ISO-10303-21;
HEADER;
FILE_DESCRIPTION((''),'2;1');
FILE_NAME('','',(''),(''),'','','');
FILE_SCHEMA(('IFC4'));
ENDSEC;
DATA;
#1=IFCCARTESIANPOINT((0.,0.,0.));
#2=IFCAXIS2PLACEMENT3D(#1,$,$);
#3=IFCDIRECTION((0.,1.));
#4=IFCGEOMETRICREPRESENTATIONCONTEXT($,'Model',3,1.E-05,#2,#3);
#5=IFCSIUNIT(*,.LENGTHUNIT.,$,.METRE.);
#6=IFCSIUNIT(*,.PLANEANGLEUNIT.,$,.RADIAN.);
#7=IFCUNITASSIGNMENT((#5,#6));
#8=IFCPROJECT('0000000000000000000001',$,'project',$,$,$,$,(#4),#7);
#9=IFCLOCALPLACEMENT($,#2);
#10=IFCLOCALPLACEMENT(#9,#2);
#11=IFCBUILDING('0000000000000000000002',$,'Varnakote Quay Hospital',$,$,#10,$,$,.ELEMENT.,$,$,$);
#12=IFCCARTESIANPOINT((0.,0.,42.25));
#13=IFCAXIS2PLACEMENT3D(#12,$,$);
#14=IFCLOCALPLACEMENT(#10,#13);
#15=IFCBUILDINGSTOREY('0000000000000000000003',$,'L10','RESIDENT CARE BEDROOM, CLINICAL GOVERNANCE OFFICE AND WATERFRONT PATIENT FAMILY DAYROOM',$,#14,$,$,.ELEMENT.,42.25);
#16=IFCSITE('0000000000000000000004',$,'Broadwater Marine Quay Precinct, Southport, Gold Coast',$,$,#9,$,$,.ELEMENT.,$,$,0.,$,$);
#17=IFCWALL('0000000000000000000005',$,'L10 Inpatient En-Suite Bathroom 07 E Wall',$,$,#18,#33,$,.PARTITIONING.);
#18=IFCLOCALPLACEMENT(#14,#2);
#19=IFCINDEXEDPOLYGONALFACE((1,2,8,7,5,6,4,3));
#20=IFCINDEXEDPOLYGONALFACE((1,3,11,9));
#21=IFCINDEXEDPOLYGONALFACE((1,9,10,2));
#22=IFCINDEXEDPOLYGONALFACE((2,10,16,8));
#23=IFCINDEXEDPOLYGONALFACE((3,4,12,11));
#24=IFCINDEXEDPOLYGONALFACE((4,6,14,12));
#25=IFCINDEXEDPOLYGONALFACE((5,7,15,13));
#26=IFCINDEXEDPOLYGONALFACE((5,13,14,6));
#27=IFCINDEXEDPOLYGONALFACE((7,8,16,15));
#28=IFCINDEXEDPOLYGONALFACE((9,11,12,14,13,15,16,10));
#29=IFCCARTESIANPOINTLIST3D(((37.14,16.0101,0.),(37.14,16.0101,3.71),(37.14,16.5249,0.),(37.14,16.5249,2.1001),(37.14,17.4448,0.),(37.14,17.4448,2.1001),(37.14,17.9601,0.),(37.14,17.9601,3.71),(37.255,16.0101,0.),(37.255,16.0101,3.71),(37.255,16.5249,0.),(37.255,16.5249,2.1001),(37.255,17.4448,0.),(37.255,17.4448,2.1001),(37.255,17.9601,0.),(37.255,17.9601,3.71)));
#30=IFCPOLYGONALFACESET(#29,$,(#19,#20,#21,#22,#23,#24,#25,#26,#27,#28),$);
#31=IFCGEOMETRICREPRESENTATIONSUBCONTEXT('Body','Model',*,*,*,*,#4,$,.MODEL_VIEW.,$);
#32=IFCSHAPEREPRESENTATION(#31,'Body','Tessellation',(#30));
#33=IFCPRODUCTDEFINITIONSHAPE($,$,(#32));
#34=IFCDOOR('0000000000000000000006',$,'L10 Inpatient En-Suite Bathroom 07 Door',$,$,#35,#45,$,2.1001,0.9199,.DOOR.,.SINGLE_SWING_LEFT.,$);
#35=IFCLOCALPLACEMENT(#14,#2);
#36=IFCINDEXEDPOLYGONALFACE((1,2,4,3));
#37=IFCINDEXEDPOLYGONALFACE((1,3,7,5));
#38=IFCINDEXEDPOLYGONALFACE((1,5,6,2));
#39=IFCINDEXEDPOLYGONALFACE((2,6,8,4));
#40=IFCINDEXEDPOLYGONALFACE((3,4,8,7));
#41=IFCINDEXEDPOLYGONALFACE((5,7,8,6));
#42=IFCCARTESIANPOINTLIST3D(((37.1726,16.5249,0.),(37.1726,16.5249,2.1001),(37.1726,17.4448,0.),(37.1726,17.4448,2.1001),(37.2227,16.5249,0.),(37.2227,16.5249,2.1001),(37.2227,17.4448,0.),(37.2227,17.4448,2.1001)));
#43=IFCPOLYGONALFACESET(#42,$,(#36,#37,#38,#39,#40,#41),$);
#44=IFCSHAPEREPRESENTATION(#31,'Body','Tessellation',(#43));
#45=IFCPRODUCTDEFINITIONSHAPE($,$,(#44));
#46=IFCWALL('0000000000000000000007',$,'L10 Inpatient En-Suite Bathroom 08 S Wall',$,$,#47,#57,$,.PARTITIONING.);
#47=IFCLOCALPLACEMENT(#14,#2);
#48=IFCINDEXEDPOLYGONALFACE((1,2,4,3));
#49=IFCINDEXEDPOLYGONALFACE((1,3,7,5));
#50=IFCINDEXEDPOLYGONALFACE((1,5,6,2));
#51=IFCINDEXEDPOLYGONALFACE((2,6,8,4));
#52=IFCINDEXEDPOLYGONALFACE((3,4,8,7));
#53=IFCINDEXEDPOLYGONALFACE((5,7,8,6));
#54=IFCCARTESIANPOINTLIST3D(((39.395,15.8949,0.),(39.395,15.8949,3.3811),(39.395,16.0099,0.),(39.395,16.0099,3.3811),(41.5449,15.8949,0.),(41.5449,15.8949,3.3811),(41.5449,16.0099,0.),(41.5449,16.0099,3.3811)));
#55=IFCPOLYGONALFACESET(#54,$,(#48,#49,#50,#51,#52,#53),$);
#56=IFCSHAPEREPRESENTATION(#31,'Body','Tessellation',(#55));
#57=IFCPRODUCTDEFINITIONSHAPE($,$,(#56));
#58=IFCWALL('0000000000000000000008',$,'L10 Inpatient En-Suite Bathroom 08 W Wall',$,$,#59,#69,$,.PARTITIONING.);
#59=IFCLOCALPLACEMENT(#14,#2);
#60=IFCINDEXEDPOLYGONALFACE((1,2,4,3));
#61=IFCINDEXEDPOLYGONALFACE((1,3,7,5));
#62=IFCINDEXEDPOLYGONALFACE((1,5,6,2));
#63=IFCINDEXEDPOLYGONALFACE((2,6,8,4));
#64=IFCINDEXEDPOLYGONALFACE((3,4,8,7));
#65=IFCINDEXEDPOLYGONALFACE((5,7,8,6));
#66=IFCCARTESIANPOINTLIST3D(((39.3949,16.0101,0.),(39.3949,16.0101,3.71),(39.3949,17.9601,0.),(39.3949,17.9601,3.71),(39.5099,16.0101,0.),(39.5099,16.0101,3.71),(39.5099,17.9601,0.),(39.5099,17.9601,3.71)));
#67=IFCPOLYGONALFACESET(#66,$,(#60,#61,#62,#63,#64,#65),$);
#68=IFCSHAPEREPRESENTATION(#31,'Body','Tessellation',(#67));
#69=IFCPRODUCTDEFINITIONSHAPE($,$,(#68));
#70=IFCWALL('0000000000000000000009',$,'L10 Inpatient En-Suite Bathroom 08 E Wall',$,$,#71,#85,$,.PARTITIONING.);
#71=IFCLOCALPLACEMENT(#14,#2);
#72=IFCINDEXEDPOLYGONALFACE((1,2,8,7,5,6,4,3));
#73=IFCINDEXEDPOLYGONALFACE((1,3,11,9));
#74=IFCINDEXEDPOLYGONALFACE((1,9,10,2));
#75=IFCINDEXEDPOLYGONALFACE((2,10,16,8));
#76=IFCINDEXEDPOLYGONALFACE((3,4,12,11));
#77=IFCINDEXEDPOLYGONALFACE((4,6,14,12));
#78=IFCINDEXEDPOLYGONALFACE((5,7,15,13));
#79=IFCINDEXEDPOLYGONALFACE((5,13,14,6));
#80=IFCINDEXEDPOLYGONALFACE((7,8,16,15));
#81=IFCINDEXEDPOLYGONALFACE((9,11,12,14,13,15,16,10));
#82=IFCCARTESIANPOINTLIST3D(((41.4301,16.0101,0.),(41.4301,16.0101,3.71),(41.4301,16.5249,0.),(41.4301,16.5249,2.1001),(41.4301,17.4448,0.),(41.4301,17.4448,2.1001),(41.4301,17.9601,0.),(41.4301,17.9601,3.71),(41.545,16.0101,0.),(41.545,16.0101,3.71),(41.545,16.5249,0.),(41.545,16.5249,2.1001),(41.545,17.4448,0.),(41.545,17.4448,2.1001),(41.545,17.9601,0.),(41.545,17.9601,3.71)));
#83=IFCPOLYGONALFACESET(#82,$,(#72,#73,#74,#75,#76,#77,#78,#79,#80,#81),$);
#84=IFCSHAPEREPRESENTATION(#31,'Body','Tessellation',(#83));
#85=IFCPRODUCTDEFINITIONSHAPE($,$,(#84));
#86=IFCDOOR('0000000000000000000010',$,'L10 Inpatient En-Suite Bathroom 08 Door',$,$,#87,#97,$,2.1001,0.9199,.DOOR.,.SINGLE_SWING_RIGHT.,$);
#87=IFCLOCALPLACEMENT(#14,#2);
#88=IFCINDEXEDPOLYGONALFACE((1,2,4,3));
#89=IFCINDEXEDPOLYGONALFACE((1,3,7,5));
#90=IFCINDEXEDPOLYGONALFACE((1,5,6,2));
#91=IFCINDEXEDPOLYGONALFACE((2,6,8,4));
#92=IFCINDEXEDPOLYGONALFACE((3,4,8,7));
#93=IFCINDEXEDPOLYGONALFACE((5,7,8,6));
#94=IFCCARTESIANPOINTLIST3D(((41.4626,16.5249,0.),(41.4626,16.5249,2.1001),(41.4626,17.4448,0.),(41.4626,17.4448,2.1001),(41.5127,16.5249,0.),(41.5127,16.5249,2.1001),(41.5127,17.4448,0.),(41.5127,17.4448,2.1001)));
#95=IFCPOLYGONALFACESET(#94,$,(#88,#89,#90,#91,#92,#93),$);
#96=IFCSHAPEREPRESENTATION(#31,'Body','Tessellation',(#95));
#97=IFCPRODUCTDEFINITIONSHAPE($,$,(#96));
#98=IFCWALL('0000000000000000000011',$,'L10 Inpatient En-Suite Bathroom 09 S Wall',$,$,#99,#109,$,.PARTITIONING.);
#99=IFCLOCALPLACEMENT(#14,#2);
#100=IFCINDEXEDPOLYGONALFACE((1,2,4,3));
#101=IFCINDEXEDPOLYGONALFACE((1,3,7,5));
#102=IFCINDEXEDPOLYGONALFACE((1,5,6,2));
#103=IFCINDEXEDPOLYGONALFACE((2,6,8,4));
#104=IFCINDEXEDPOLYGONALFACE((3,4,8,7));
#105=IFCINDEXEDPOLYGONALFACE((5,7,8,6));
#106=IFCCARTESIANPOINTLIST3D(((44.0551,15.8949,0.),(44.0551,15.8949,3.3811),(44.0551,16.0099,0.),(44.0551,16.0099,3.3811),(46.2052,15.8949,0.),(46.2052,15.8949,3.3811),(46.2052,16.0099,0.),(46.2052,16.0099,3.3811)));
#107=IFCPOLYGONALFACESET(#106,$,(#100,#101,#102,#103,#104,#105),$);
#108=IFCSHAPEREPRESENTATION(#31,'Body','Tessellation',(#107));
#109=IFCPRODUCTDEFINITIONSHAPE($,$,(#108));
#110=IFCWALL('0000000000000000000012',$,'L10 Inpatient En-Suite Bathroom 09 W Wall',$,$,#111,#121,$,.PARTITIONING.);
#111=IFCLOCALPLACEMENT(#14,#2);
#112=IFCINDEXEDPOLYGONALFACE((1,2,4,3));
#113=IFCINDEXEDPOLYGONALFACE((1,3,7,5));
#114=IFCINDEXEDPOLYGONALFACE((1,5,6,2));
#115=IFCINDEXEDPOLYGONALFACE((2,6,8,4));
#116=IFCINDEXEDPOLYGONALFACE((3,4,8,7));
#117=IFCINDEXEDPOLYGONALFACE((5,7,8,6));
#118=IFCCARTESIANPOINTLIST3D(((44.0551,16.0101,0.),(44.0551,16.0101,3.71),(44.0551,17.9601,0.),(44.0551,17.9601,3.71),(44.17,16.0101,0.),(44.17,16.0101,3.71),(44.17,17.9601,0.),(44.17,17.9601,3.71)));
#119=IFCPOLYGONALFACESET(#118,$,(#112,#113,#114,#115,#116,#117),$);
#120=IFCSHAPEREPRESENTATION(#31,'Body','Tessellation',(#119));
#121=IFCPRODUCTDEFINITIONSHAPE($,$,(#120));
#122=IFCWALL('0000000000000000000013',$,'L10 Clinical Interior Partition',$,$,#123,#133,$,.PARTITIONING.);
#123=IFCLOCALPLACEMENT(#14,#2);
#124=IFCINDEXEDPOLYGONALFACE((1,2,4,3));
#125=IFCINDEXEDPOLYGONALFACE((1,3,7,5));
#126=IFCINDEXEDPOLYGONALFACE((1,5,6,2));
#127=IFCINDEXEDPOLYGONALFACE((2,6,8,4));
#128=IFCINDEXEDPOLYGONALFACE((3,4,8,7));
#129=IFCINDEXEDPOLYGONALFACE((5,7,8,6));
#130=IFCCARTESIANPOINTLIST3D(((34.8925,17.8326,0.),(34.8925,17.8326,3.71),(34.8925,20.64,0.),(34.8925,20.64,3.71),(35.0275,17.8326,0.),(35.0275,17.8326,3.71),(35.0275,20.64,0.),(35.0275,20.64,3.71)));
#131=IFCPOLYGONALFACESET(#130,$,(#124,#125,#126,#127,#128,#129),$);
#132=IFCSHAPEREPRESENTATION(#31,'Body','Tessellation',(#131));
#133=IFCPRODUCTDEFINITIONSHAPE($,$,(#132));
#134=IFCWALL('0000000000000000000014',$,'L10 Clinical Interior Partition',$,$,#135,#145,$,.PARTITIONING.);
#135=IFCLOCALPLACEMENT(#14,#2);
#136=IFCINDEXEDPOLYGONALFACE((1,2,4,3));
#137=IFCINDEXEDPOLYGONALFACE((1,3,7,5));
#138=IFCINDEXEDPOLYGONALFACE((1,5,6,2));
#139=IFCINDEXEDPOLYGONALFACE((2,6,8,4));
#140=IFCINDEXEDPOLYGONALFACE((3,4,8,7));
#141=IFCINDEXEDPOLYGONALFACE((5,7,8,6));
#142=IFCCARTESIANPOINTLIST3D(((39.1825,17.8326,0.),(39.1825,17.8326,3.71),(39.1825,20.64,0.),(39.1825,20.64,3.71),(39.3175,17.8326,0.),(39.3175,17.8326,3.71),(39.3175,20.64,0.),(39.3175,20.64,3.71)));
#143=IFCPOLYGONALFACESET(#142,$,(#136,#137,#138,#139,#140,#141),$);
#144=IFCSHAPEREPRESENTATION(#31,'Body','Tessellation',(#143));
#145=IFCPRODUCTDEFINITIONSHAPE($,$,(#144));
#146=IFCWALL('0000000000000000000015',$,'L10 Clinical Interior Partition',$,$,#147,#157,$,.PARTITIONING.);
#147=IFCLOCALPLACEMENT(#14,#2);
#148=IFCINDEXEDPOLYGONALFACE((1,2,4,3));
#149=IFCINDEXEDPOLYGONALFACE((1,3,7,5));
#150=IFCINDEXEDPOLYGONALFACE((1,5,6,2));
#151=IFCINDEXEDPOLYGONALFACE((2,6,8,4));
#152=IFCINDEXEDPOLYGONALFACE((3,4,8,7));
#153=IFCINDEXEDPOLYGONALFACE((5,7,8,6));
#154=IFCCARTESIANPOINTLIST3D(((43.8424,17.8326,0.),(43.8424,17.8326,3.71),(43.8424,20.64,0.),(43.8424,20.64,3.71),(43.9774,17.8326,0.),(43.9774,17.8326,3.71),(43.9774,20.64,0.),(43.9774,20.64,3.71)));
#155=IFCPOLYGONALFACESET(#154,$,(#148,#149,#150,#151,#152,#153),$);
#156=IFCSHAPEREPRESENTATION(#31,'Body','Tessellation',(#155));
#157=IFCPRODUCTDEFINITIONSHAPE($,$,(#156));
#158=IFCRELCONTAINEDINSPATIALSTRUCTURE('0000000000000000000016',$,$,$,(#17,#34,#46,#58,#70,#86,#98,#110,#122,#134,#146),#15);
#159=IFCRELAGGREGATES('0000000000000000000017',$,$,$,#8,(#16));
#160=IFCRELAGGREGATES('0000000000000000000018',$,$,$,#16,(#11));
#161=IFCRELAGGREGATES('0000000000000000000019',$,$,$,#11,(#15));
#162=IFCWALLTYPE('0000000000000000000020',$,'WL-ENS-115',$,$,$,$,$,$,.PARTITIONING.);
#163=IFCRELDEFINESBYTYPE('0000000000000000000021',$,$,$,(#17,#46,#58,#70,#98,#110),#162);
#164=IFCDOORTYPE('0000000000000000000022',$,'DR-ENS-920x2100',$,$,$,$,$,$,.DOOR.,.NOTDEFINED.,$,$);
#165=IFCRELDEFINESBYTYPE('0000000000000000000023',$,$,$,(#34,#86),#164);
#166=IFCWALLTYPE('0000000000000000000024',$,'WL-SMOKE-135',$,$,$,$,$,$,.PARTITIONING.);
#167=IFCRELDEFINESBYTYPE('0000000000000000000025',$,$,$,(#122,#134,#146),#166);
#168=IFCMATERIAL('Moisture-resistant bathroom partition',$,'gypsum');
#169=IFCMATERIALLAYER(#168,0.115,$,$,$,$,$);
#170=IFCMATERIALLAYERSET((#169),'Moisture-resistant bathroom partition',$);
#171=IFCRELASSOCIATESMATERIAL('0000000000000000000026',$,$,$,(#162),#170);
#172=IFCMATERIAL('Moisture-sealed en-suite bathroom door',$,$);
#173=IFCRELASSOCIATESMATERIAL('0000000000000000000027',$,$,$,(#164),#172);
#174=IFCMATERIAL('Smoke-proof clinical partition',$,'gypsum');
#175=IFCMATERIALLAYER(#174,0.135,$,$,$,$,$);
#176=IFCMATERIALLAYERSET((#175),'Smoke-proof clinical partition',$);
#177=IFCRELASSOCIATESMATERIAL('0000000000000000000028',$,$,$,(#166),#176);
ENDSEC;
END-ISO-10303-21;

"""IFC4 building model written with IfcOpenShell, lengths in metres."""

from ifc_helpers import new_model, si_unit, direction, frame, frame_2d, origin, place, context, subcontext, project, spatial, rectangle, extrude, material, layer, layer_set, type_object, element, fill, save


model = new_model("IFC4")

# Units and contexts
model_context = context("Model", 3, precision=1e-05, world=origin(), true_north=direction((0.0, 1.0)))
body_context = subcontext(model_context, "Body", "Model", "MODEL_VIEW")
ifc_project = project(units=[si_unit("LENGTHUNIT", "METRE"), si_unit("PLANEANGLEUNIT", "RADIAN")], contexts=[model_context])

# Site, building, storey
site_placement = place(None, origin())
site = spatial("IfcSite", under=ifc_project, at=site_placement, Name="Broadwater Marine Quay Precinct, Southport, Gold Coast", CompositionType="ELEMENT", RefElevation=0.0)
building_placement = place(site_placement, origin())
building = spatial("IfcBuilding", under=site, at=building_placement, Name="Varnakote Quay Hospital", CompositionType="ELEMENT")
storey_placement = place(building_placement, frame((0.0, 0.0, 42.25)))
storey = spatial("IfcBuildingStorey", under=building, at=storey_placement, Name="L10", Description="RESIDENT CARE BEDROOM, CLINICAL GOVERNANCE OFFICE AND WATERFRONT PATIENT FAMILY DAYROOM", CompositionType="ELEMENT", Elevation=42.25)

# Shared definitions
ifc_material_1 = material(Name="Moisture-resistant bathroom partition", Category="gypsum")
ifc_layer_1 = layer(ifc_material_1, 0.115)
ifc_layer_set_1 = layer_set([ifc_layer_1], Name="Moisture-resistant bathroom partition")
wall_type_1 = type_object("IfcWallType", Name="WL-ENS-115", PredefinedType="PARTITIONING", material=ifc_layer_set_1)
ifc_material_2 = material(Name="Moisture-sealed en-suite bathroom door")
door_type_1 = type_object("IfcDoorType", Name="DR-ENS-920x2100", OperationType="NOTDEFINED", PredefinedType="DOOR", material=ifc_material_2)

# Wall, opening, door
wall_1_placement = place(storey_placement, frame((37.1975, 16.01, 0.0), z_axis=(0.0, 0.0, 1.0), x_axis=(0.0, 1.0, 0.0)))
wall_1 = element("IfcWall", 1, at=wall_1_placement, inside=storey, type_object=wall_type_1, Name="L10 Inpatient En-Suite Bathroom 07 E Wall", PredefinedType="PARTITIONING", context=body_context, shape_type="SweptSolid", body=[
    extrude(rectangle(XDim=1.95, YDim=0.115, at=frame_2d((0.9751, 0.0))), origin(), (0.0, 0.0, 1.0), 3.71),
])
opening_1_placement = place(wall_1_placement, frame((0.5149, 0.0, 0.0)))
opening_1 = element("IfcOpeningElement", 2, at=opening_1_placement, cuts=wall_1, PredefinedType="OPENING", context=body_context, shape_type="SweptSolid", body=[
    extrude(rectangle(XDim=0.9199, YDim=2.1001, at=frame_2d((0.46, 1.05))), frame((0.0, 0.0674, 0.0), z_axis=(0.0, -1.0, 0.0), x_axis=(1.0, 0.0, 0.0)), (0.0, 0.0, 1.0), 0.135),
])
door_1_placement = place(opening_1_placement, origin())
door_1 = element("IfcDoor", 3, at=door_1_placement, inside=storey, type_object=door_type_1, Name="L10 Inpatient En-Suite Bathroom 07 Door", OperationType="SINGLE_SWING_LEFT", OverallHeight=2.1001, OverallWidth=0.9199, PredefinedType="DOOR", context=body_context, shape_type="SweptSolid", body=[
    extrude(rectangle(XDim=0.9199, YDim=2.1001, at=frame_2d((0.46, 1.05))), frame((0.0, 0.0249, 0.0), z_axis=(0.0, -1.0, 0.0), x_axis=(1.0, 0.0, 0.0)), (0.0, 0.0, 1.0), 0.05),
])
fill(opening_1, door_1)

# Walls
wall_2_placement = place(storey_placement, frame((39.395, 15.9524, 0.0), z_axis=(0.0, 0.0, 1.0), x_axis=(1.0, 0.0, 0.0)))
element("IfcWall", 4, at=wall_2_placement, inside=storey, type_object=wall_type_1, Name="L10 Inpatient En-Suite Bathroom 08 S Wall", PredefinedType="PARTITIONING", context=body_context, shape_type="SweptSolid", body=[
    extrude(rectangle(XDim=2.1499, YDim=0.115, at=frame_2d((1.075, 0.0))), origin(), (0.0, 0.0, 1.0), 3.3811),
])
wall_3_placement = place(storey_placement, frame((39.4524, 16.01, 0.0), z_axis=(0.0, 0.0, 1.0), x_axis=(0.0, 1.0, 0.0)))
element("IfcWall", 5, at=wall_3_placement, inside=storey, type_object=wall_type_1, Name="L10 Inpatient En-Suite Bathroom 08 W Wall", PredefinedType="PARTITIONING", context=body_context, shape_type="SweptSolid", body=[
    extrude(rectangle(XDim=1.95, YDim=0.115, at=frame_2d((0.9751, 0.0))), origin(), (0.0, 0.0, 1.0), 3.71),
])

# Wall, opening, door
wall_4_placement = place(storey_placement, frame((41.4875, 16.01, 0.0), z_axis=(0.0, 0.0, 1.0), x_axis=(0.0, 1.0, 0.0)))
wall_4 = element("IfcWall", 6, at=wall_4_placement, inside=storey, type_object=wall_type_1, Name="L10 Inpatient En-Suite Bathroom 08 E Wall", PredefinedType="PARTITIONING", context=body_context, shape_type="SweptSolid", body=[
    extrude(rectangle(XDim=1.95, YDim=0.115, at=frame_2d((0.9751, 0.0))), origin(), (0.0, 0.0, 1.0), 3.71),
])
opening_2_placement = place(wall_4_placement, frame((0.5149, 0.0, 0.0)))
opening_2 = element("IfcOpeningElement", 7, at=opening_2_placement, cuts=wall_4, PredefinedType="OPENING", context=body_context, shape_type="SweptSolid", body=[
    extrude(rectangle(XDim=0.9199, YDim=2.1001, at=frame_2d((0.46, 1.05))), frame((0.0, 0.0674, 0.0), z_axis=(0.0, -1.0, 0.0), x_axis=(1.0, 0.0, 0.0)), (0.0, 0.0, 1.0), 0.135),
])
door_2_placement = place(opening_2_placement, origin())
door_2 = element("IfcDoor", 8, at=door_2_placement, inside=storey, type_object=door_type_1, Name="L10 Inpatient En-Suite Bathroom 08 Door", OperationType="SINGLE_SWING_RIGHT", OverallHeight=2.1001, OverallWidth=0.9199, PredefinedType="DOOR", context=body_context, shape_type="SweptSolid", body=[
    extrude(rectangle(XDim=0.9199, YDim=2.1001, at=frame_2d((0.46, 1.05))), frame((0.0, 0.0249, 0.0), z_axis=(0.0, -1.0, 0.0), x_axis=(1.0, 0.0, 0.0)), (0.0, 0.0, 1.0), 0.05),
])
fill(opening_2, door_2)

# Walls
wall_5_placement = place(storey_placement, frame((44.0549, 15.9524, 0.0), z_axis=(0.0, 0.0, 1.0), x_axis=(1.0, 0.0, 0.0)))
element("IfcWall", 9, at=wall_5_placement, inside=storey, type_object=wall_type_1, Name="L10 Inpatient En-Suite Bathroom 09 S Wall", PredefinedType="PARTITIONING", context=body_context, shape_type="SweptSolid", body=[
    extrude(rectangle(XDim=2.1501, YDim=0.115, at=frame_2d((1.0752, 0.0))), origin(), (0.0, 0.0, 1.0), 3.3811),
])
wall_6_placement = place(storey_placement, frame((44.1125, 16.01, 0.0), z_axis=(0.0, 0.0, 1.0), x_axis=(0.0, 1.0, 0.0)))
element("IfcWall", 10, at=wall_6_placement, inside=storey, type_object=wall_type_1, Name="L10 Inpatient En-Suite Bathroom 09 W Wall", PredefinedType="PARTITIONING", context=body_context, shape_type="SweptSolid", body=[
    extrude(rectangle(XDim=1.95, YDim=0.115, at=frame_2d((0.9751, 0.0))), origin(), (0.0, 0.0, 1.0), 3.71),
])

# Walls
ifc_material_3 = material(Name="Smoke-proof clinical partition", Category="gypsum")
ifc_layer_2 = layer(ifc_material_3, 0.135)
ifc_layer_set_2 = layer_set([ifc_layer_2], Name="Smoke-proof clinical partition")
wall_type_2 = type_object("IfcWallType", Name="WL-SMOKE-135", PredefinedType="PARTITIONING", material=ifc_layer_set_2)
for number, where, z_axis, x_axis, name in (
    (11, (34.96, 17.8325, 0.0), (0.0, 0.0, 1.0), (0.0, 1.0, 0.0), "L10 Clinical Interior Partition"),
    (12, (39.25, 17.8325, 0.0), (0.0, 0.0, 1.0), (0.0, 1.0, 0.0), "L10 Clinical Interior Partition"),
    (13, (43.9099, 17.8325, 0.0), (0.0, 0.0, 1.0), (0.0, 1.0, 0.0), "L10 Clinical Interior Partition"),
):
    element("IfcWall", number, at=place(storey_placement, frame(where, z_axis=z_axis, x_axis=x_axis)), inside=storey, type_object=wall_type_2, Name=name, PredefinedType="PARTITIONING", context=body_context, shape_type="SweptSolid", body=[
        extrude(rectangle(XDim=2.8074, YDim=0.135, at=frame_2d((1.4038, 0.0))), origin(), (0.0, 0.0, 1.0), 3.71),
    ])

save(model, "model.ifc")
